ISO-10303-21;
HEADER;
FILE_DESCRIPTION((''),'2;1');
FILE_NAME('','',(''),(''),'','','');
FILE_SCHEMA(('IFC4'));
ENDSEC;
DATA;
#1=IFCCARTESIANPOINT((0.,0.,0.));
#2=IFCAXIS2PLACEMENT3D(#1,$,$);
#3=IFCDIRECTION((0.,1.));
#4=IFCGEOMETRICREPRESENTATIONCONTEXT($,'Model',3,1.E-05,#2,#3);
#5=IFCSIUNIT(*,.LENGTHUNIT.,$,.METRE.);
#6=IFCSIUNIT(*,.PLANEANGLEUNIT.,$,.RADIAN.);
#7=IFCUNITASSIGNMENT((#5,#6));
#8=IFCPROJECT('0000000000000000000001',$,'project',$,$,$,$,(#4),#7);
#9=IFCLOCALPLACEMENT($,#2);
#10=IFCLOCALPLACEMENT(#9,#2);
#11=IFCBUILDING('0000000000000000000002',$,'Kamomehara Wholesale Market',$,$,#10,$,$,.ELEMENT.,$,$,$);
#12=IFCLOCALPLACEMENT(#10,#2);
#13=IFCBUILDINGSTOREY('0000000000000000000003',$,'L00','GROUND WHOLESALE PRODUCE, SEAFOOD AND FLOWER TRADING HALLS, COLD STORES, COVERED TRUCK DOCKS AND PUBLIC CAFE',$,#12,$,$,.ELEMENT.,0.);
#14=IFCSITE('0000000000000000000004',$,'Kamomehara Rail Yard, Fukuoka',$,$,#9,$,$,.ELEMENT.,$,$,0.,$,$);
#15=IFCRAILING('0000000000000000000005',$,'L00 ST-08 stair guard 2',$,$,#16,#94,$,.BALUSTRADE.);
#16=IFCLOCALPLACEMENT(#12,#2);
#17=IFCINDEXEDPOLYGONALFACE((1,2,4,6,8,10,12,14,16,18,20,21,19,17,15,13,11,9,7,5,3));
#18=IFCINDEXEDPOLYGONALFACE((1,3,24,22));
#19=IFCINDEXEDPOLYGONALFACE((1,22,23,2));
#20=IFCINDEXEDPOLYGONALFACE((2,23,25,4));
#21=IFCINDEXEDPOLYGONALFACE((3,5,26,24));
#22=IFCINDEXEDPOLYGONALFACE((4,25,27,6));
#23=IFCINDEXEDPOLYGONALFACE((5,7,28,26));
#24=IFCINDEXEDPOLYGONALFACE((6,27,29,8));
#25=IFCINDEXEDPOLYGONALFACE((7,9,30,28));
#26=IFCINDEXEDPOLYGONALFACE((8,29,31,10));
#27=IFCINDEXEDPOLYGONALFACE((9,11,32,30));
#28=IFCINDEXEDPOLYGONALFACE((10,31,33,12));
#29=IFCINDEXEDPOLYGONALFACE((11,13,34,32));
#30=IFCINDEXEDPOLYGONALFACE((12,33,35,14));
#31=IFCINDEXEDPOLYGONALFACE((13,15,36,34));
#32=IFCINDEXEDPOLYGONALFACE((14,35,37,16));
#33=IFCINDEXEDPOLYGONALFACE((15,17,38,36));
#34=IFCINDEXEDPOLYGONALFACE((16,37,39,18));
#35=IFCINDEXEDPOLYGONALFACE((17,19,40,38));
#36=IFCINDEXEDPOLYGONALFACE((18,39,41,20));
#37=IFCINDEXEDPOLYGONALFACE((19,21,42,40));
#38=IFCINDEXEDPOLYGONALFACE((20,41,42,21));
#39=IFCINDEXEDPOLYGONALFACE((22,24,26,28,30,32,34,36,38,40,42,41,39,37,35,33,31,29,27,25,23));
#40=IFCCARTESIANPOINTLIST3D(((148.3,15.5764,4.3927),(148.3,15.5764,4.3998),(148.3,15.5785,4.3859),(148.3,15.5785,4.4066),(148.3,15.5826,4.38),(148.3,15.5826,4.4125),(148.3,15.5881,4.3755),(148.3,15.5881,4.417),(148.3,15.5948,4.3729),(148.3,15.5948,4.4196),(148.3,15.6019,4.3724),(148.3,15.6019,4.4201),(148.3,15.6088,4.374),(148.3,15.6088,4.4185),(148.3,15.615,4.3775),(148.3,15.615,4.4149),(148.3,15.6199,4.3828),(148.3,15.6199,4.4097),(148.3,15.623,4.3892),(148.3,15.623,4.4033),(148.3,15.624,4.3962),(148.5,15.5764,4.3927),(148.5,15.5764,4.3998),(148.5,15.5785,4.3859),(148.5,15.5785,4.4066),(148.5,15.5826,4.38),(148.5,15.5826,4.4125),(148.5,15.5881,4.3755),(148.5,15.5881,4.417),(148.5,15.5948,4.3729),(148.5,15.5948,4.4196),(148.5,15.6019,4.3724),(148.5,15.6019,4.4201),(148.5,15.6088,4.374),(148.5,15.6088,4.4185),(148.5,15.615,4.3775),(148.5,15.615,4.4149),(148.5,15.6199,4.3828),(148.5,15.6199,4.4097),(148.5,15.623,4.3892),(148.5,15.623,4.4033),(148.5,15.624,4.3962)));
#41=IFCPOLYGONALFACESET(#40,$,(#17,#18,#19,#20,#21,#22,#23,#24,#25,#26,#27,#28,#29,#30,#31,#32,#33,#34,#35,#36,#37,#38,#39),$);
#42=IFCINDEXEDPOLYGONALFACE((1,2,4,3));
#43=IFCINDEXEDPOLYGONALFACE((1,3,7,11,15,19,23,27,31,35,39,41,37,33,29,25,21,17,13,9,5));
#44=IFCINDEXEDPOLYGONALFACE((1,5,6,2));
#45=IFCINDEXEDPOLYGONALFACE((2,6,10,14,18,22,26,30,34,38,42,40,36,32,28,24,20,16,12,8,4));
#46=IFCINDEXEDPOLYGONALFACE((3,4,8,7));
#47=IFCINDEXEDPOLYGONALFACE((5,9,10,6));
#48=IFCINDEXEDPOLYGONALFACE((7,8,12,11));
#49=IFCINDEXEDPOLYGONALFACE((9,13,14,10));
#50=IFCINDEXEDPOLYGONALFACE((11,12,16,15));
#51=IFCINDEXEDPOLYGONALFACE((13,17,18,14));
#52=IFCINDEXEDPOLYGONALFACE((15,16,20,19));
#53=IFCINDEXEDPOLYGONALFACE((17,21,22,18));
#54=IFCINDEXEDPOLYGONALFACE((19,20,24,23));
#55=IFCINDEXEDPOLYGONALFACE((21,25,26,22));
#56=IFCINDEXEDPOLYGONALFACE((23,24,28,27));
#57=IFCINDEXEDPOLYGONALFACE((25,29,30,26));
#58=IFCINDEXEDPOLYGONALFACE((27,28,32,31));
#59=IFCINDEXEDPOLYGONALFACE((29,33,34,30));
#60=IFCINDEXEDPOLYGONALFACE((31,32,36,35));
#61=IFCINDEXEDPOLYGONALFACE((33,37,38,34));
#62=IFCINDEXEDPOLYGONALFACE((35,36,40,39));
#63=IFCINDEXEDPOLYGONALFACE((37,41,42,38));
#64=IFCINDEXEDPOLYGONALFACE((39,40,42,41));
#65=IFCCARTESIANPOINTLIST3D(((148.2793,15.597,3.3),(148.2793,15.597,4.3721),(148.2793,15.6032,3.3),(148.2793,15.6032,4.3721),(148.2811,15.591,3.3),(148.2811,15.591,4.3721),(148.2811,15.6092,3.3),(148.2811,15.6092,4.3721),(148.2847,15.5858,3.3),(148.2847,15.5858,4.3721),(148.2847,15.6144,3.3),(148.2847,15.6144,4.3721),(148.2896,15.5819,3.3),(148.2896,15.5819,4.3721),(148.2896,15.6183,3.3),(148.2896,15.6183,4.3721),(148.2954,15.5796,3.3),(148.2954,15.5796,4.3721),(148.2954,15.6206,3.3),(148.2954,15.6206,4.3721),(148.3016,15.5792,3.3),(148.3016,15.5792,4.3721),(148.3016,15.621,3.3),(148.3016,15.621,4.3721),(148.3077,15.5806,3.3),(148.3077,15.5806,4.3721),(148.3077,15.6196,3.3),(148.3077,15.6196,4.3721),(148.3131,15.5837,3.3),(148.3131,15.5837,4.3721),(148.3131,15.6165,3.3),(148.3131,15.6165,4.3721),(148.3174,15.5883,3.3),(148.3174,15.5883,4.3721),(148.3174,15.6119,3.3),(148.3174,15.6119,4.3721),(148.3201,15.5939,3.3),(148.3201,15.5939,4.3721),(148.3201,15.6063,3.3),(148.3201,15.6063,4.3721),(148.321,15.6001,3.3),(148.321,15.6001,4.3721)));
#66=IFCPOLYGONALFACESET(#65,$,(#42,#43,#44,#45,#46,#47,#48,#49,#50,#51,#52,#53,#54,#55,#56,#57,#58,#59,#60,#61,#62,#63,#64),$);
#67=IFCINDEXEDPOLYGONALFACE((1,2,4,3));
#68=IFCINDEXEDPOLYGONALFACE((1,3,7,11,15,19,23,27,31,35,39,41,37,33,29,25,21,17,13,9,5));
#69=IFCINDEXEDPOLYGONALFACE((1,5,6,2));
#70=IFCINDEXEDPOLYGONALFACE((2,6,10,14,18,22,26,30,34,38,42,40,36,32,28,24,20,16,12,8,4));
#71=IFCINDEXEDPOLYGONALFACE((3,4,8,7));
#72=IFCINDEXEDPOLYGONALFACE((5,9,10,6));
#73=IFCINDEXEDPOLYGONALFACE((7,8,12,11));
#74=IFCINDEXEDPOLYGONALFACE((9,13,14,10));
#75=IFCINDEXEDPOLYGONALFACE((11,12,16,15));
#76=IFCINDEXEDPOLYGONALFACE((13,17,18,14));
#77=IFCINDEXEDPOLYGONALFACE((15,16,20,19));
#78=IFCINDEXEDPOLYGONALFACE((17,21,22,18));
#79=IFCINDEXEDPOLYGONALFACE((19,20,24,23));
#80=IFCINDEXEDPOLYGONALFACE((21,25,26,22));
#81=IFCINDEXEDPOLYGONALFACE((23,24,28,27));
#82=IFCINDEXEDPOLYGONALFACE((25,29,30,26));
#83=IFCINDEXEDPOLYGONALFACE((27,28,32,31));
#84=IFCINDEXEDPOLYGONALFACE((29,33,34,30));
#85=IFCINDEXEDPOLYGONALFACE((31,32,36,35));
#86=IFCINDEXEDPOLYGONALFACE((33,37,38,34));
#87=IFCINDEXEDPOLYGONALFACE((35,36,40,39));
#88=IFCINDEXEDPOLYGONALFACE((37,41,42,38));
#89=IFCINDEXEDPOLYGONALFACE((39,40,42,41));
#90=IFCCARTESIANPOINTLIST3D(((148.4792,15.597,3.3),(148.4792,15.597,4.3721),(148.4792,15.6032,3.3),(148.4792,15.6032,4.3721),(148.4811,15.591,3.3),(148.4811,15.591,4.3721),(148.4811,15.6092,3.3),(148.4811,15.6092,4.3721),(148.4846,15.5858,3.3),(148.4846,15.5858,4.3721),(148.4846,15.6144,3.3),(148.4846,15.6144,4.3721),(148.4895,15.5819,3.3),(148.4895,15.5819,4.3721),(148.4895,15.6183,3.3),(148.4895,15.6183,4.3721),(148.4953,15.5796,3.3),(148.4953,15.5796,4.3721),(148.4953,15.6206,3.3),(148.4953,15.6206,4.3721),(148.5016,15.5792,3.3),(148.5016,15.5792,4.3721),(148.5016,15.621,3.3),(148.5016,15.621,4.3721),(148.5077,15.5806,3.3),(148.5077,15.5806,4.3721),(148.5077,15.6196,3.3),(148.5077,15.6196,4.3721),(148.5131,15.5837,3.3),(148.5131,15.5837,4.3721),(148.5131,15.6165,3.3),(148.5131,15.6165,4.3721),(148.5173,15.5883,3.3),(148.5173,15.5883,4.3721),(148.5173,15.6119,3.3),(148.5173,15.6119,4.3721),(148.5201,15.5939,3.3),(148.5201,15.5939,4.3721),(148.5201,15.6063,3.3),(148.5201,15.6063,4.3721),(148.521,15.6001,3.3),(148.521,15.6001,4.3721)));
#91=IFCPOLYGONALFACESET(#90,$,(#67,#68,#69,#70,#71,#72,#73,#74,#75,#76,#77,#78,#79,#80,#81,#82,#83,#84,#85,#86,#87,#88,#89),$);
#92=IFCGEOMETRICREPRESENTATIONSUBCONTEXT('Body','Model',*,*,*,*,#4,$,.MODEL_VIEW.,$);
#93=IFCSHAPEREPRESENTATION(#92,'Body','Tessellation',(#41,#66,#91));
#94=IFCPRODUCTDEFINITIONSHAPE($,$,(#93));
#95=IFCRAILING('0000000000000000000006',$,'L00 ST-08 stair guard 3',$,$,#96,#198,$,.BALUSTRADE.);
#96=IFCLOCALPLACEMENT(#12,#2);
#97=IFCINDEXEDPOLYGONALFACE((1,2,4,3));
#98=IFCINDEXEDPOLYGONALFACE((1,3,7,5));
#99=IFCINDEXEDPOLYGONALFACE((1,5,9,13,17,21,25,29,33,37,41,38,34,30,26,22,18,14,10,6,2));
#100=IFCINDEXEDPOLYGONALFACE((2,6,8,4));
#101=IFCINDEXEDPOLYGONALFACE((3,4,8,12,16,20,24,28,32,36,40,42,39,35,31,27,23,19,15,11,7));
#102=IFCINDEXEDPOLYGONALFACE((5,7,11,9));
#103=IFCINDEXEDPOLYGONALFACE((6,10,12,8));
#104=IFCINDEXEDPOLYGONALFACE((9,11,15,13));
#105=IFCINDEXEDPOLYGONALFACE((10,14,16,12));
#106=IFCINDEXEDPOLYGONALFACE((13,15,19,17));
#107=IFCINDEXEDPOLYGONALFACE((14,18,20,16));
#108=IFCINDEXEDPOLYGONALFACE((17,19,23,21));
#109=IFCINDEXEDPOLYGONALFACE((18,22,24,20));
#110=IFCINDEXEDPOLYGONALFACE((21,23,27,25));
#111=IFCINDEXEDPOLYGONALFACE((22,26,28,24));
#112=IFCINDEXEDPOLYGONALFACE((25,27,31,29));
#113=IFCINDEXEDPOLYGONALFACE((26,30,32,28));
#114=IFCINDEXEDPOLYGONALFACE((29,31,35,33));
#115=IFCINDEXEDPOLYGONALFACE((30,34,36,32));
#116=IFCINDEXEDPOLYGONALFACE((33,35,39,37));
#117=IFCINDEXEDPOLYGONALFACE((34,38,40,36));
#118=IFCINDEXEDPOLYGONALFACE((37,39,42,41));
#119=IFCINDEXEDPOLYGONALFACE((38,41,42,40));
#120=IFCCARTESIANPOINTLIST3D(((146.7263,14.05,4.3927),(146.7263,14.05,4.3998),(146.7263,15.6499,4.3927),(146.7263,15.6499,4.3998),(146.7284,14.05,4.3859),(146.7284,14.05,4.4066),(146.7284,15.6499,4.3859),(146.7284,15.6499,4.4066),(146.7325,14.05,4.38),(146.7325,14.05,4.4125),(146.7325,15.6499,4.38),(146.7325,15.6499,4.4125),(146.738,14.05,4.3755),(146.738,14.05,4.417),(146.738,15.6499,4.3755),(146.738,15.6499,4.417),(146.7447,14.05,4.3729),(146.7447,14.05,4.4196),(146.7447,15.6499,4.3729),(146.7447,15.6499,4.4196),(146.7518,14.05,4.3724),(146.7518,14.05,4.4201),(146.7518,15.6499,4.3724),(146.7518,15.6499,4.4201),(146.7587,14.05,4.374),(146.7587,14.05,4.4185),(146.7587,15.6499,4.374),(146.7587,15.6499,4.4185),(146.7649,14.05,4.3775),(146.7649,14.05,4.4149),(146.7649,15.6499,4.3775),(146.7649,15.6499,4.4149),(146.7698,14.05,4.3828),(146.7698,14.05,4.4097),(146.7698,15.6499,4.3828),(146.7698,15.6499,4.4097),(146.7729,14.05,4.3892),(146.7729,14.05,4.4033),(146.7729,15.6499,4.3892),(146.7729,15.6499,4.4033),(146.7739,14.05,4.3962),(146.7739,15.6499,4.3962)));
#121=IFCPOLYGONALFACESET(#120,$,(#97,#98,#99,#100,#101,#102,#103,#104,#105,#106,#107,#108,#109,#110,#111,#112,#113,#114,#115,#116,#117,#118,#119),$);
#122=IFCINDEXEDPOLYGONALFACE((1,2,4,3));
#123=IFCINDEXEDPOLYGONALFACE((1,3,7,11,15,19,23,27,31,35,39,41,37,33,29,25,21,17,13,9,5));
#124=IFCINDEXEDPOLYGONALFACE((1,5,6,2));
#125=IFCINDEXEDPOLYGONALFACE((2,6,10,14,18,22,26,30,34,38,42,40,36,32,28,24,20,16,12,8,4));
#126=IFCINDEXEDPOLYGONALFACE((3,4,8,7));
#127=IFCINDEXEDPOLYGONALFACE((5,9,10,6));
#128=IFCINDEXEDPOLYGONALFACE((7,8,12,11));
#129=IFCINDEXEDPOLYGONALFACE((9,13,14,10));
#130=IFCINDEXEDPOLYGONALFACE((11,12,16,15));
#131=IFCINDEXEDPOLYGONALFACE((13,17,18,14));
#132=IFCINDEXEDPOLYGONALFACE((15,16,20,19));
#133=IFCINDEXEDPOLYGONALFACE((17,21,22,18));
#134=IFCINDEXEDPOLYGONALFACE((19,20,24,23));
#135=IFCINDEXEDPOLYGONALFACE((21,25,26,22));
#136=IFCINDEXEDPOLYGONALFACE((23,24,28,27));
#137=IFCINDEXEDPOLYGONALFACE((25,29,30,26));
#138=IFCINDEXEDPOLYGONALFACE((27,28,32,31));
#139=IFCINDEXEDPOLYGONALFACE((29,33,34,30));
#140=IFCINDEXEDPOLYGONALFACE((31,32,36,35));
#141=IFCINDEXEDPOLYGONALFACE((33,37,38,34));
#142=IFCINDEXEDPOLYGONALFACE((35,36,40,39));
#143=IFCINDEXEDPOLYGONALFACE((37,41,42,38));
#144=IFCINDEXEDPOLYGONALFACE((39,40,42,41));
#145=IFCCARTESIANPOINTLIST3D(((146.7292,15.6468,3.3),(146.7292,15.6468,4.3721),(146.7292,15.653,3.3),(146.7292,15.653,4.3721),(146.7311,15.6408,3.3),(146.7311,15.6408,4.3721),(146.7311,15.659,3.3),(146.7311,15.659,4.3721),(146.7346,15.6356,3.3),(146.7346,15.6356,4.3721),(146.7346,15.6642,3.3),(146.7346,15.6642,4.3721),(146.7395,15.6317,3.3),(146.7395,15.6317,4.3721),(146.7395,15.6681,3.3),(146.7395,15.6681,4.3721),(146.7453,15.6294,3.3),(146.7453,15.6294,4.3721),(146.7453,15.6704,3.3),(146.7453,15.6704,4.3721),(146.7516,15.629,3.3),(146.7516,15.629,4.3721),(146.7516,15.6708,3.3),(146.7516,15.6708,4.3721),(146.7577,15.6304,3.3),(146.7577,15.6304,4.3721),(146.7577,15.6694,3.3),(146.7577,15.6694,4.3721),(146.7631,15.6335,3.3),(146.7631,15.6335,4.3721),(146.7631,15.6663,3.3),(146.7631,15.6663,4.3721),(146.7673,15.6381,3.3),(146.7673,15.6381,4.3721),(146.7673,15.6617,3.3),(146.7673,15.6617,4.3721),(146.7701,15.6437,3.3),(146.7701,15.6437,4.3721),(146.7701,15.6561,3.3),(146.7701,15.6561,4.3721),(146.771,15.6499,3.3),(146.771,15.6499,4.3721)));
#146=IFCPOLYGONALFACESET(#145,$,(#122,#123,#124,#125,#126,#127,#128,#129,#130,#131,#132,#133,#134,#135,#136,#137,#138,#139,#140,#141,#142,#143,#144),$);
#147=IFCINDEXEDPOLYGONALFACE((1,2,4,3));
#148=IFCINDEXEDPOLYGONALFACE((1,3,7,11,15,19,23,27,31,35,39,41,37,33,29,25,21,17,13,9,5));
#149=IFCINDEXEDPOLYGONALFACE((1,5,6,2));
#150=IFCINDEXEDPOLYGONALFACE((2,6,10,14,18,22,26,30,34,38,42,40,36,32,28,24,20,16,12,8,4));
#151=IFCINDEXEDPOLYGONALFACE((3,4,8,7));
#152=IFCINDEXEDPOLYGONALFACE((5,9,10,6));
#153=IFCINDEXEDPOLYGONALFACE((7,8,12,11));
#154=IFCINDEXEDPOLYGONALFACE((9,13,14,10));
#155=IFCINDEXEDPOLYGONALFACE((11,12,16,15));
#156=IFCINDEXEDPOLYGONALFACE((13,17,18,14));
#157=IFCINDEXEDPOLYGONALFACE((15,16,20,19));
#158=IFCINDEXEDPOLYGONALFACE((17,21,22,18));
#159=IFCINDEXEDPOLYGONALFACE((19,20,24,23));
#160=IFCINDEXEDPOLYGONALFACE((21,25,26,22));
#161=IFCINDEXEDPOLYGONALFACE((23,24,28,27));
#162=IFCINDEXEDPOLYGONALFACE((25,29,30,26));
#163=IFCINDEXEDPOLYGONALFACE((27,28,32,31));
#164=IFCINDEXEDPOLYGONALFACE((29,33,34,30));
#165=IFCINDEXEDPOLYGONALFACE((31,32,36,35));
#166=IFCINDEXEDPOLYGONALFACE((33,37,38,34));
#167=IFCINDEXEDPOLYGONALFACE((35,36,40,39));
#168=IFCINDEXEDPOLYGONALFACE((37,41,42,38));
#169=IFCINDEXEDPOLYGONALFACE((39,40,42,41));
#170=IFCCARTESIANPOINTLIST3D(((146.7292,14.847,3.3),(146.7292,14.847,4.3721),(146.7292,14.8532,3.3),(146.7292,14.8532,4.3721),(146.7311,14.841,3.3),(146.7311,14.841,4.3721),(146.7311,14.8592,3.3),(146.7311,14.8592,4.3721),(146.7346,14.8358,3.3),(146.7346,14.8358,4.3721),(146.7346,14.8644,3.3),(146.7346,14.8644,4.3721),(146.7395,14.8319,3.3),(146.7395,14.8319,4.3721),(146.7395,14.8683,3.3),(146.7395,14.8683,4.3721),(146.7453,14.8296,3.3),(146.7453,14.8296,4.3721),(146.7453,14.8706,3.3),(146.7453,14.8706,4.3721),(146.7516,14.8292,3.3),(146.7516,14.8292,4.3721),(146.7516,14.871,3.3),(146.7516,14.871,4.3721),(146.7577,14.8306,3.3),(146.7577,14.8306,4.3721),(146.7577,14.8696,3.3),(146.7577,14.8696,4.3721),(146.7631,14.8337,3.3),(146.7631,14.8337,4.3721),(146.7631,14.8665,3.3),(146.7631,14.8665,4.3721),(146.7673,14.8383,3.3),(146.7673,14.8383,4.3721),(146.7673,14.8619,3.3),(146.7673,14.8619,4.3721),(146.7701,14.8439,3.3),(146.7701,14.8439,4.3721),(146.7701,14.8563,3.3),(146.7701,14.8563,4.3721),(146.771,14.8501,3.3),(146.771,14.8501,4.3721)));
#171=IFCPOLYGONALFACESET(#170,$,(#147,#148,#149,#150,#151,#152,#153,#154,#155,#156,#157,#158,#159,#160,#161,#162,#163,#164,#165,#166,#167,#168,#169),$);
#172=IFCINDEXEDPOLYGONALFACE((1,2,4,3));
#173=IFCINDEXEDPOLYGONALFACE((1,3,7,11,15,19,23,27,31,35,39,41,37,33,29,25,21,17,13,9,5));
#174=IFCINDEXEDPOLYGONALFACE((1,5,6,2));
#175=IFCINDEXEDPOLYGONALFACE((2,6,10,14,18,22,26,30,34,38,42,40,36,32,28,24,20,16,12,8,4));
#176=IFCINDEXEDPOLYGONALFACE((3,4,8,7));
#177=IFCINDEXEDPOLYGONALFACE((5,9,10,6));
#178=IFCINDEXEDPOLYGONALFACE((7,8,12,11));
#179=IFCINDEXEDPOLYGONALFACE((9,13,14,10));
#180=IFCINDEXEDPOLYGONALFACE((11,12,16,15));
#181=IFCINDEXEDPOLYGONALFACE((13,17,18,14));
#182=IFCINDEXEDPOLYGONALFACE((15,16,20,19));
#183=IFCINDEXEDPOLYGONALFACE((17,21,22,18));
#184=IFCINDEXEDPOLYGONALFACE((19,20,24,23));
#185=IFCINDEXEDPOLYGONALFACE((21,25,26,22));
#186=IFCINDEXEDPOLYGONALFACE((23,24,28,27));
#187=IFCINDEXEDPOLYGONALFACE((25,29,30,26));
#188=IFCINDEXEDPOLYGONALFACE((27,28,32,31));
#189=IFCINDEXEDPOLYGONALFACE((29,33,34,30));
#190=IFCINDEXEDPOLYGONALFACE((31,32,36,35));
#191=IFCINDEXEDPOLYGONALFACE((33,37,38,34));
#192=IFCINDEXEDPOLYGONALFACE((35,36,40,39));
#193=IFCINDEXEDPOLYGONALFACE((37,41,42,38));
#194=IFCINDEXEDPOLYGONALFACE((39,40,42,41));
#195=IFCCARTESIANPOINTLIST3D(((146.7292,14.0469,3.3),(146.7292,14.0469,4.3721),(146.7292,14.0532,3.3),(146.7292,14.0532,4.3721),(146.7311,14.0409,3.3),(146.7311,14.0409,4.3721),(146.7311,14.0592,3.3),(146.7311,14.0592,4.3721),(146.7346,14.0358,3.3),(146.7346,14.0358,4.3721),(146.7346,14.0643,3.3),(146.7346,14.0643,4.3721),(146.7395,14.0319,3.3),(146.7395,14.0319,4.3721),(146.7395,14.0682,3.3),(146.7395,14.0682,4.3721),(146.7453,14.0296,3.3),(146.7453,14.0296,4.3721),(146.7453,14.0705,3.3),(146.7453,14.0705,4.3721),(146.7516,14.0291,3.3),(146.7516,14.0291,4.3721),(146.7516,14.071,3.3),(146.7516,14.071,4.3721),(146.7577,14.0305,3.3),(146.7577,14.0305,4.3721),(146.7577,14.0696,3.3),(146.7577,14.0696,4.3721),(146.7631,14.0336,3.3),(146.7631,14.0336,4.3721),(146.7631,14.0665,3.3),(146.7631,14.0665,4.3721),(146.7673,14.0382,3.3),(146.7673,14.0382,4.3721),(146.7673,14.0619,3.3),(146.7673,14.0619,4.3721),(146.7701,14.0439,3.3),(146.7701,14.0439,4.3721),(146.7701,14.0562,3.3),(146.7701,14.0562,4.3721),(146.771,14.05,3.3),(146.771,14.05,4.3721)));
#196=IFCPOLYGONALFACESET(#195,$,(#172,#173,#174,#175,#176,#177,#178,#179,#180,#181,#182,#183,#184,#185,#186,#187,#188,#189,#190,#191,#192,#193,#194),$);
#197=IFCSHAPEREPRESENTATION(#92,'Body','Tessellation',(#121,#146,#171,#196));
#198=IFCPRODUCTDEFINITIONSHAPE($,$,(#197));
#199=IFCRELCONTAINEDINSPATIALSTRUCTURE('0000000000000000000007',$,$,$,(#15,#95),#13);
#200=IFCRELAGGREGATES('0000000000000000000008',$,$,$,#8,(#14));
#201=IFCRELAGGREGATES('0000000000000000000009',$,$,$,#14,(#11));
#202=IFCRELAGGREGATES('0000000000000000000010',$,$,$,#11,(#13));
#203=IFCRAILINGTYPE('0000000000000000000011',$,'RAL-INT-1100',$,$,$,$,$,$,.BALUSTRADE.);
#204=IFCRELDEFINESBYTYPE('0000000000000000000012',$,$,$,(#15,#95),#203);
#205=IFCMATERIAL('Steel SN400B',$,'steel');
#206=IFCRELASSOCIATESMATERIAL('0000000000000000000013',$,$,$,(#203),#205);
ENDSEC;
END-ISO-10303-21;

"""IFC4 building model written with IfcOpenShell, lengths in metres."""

from ifc_helpers import new_model, si_unit, direction, frame, origin, origin_2d, place, context, subcontext, project, spatial, circle, extrude, material, type_object, element, save


model = new_model("IFC4")

# Units and contexts
model_context = context("Model", 3, precision=1e-05, world=origin(), true_north=direction((0.0, 1.0)))
body_context = subcontext(model_context, "Body", "Model", "MODEL_VIEW")
ifc_project = project(units=[si_unit("LENGTHUNIT", "METRE"), si_unit("PLANEANGLEUNIT", "RADIAN")], contexts=[model_context])

# Site, building, storey
site_placement = place(None, origin())
site = spatial("IfcSite", under=ifc_project, at=site_placement, Name="Kamomehara Rail Yard, Fukuoka", CompositionType="ELEMENT", RefElevation=0.0)
building_placement = place(site_placement, origin())
building = spatial("IfcBuilding", under=site, at=building_placement, Name="Kamomehara Wholesale Market", CompositionType="ELEMENT")
storey_placement = place(building_placement, origin())
storey = spatial("IfcBuildingStorey", under=building, at=storey_placement, Name="L00", Description="GROUND WHOLESALE PRODUCE, SEAFOOD AND FLOWER TRADING HALLS, COLD STORES, COVERED TRUCK DOCKS AND PUBLIC CAFE", CompositionType="ELEMENT", Elevation=0.0)

# Railings
ifc_material_1 = material(Name="Steel SN400B", Category="steel")
railing_type_1 = type_object("IfcRailingType", Name="RAL-INT-1100", PredefinedType="BALUSTRADE", material=ifc_material_1)
railing_1_placement = place(storey_placement, frame((148.3, 15.6001, 3.3)))
element("IfcRailing", 1, at=railing_1_placement, inside=storey, type_object=railing_type_1, Name="L00 ST-08 stair guard 2", PredefinedType="BALUSTRADE", context=body_context, shape_type="SweptSolid", body=[
    extrude(circle(Radius=0.0239, at=origin_2d()), frame((0.0, 0.0, 1.0962), z_axis=(1.0, 0.0, 0.0), x_axis=(0.0, 1.0, 0.0)), (0.0, 0.0, 1.0), 0.2),
    extrude(circle(Radius=0.021, at=origin_2d()), origin(), (0.0, 0.0, 1.0), 1.072),
    extrude(circle(Radius=0.021, at=origin_2d()), frame((0.2, 0.0, 0.0)), (0.0, 0.0, 1.0), 1.072),
])
railing_2_placement = place(storey_placement, frame((146.75, 15.6499, 3.3)))
element("IfcRailing", 2, at=railing_2_placement, inside=storey, type_object=railing_type_1, Name="L00 ST-08 stair guard 3", PredefinedType="BALUSTRADE", context=body_context, shape_type="SweptSolid", body=[
    extrude(circle(Radius=0.0239, at=origin_2d()), frame((0.0, 0.0, 1.0962), z_axis=(0.0, -1.0, 0.0), x_axis=(1.0, 0.0, 0.0)), (0.0, 0.0, 1.0), 1.5999),
    extrude(circle(Radius=0.021, at=origin_2d()), origin(), (0.0, 0.0, 1.0), 1.072),
    extrude(circle(Radius=0.021, at=origin_2d()), frame((0.0, -0.7998, 0.0)), (0.0, 0.0, 1.0), 1.072),
    extrude(circle(Radius=0.021, at=origin_2d()), frame((0.0, -1.5999, 0.0)), (0.0, 0.0, 1.0), 1.072),
])

save(model, "model.ifc")
